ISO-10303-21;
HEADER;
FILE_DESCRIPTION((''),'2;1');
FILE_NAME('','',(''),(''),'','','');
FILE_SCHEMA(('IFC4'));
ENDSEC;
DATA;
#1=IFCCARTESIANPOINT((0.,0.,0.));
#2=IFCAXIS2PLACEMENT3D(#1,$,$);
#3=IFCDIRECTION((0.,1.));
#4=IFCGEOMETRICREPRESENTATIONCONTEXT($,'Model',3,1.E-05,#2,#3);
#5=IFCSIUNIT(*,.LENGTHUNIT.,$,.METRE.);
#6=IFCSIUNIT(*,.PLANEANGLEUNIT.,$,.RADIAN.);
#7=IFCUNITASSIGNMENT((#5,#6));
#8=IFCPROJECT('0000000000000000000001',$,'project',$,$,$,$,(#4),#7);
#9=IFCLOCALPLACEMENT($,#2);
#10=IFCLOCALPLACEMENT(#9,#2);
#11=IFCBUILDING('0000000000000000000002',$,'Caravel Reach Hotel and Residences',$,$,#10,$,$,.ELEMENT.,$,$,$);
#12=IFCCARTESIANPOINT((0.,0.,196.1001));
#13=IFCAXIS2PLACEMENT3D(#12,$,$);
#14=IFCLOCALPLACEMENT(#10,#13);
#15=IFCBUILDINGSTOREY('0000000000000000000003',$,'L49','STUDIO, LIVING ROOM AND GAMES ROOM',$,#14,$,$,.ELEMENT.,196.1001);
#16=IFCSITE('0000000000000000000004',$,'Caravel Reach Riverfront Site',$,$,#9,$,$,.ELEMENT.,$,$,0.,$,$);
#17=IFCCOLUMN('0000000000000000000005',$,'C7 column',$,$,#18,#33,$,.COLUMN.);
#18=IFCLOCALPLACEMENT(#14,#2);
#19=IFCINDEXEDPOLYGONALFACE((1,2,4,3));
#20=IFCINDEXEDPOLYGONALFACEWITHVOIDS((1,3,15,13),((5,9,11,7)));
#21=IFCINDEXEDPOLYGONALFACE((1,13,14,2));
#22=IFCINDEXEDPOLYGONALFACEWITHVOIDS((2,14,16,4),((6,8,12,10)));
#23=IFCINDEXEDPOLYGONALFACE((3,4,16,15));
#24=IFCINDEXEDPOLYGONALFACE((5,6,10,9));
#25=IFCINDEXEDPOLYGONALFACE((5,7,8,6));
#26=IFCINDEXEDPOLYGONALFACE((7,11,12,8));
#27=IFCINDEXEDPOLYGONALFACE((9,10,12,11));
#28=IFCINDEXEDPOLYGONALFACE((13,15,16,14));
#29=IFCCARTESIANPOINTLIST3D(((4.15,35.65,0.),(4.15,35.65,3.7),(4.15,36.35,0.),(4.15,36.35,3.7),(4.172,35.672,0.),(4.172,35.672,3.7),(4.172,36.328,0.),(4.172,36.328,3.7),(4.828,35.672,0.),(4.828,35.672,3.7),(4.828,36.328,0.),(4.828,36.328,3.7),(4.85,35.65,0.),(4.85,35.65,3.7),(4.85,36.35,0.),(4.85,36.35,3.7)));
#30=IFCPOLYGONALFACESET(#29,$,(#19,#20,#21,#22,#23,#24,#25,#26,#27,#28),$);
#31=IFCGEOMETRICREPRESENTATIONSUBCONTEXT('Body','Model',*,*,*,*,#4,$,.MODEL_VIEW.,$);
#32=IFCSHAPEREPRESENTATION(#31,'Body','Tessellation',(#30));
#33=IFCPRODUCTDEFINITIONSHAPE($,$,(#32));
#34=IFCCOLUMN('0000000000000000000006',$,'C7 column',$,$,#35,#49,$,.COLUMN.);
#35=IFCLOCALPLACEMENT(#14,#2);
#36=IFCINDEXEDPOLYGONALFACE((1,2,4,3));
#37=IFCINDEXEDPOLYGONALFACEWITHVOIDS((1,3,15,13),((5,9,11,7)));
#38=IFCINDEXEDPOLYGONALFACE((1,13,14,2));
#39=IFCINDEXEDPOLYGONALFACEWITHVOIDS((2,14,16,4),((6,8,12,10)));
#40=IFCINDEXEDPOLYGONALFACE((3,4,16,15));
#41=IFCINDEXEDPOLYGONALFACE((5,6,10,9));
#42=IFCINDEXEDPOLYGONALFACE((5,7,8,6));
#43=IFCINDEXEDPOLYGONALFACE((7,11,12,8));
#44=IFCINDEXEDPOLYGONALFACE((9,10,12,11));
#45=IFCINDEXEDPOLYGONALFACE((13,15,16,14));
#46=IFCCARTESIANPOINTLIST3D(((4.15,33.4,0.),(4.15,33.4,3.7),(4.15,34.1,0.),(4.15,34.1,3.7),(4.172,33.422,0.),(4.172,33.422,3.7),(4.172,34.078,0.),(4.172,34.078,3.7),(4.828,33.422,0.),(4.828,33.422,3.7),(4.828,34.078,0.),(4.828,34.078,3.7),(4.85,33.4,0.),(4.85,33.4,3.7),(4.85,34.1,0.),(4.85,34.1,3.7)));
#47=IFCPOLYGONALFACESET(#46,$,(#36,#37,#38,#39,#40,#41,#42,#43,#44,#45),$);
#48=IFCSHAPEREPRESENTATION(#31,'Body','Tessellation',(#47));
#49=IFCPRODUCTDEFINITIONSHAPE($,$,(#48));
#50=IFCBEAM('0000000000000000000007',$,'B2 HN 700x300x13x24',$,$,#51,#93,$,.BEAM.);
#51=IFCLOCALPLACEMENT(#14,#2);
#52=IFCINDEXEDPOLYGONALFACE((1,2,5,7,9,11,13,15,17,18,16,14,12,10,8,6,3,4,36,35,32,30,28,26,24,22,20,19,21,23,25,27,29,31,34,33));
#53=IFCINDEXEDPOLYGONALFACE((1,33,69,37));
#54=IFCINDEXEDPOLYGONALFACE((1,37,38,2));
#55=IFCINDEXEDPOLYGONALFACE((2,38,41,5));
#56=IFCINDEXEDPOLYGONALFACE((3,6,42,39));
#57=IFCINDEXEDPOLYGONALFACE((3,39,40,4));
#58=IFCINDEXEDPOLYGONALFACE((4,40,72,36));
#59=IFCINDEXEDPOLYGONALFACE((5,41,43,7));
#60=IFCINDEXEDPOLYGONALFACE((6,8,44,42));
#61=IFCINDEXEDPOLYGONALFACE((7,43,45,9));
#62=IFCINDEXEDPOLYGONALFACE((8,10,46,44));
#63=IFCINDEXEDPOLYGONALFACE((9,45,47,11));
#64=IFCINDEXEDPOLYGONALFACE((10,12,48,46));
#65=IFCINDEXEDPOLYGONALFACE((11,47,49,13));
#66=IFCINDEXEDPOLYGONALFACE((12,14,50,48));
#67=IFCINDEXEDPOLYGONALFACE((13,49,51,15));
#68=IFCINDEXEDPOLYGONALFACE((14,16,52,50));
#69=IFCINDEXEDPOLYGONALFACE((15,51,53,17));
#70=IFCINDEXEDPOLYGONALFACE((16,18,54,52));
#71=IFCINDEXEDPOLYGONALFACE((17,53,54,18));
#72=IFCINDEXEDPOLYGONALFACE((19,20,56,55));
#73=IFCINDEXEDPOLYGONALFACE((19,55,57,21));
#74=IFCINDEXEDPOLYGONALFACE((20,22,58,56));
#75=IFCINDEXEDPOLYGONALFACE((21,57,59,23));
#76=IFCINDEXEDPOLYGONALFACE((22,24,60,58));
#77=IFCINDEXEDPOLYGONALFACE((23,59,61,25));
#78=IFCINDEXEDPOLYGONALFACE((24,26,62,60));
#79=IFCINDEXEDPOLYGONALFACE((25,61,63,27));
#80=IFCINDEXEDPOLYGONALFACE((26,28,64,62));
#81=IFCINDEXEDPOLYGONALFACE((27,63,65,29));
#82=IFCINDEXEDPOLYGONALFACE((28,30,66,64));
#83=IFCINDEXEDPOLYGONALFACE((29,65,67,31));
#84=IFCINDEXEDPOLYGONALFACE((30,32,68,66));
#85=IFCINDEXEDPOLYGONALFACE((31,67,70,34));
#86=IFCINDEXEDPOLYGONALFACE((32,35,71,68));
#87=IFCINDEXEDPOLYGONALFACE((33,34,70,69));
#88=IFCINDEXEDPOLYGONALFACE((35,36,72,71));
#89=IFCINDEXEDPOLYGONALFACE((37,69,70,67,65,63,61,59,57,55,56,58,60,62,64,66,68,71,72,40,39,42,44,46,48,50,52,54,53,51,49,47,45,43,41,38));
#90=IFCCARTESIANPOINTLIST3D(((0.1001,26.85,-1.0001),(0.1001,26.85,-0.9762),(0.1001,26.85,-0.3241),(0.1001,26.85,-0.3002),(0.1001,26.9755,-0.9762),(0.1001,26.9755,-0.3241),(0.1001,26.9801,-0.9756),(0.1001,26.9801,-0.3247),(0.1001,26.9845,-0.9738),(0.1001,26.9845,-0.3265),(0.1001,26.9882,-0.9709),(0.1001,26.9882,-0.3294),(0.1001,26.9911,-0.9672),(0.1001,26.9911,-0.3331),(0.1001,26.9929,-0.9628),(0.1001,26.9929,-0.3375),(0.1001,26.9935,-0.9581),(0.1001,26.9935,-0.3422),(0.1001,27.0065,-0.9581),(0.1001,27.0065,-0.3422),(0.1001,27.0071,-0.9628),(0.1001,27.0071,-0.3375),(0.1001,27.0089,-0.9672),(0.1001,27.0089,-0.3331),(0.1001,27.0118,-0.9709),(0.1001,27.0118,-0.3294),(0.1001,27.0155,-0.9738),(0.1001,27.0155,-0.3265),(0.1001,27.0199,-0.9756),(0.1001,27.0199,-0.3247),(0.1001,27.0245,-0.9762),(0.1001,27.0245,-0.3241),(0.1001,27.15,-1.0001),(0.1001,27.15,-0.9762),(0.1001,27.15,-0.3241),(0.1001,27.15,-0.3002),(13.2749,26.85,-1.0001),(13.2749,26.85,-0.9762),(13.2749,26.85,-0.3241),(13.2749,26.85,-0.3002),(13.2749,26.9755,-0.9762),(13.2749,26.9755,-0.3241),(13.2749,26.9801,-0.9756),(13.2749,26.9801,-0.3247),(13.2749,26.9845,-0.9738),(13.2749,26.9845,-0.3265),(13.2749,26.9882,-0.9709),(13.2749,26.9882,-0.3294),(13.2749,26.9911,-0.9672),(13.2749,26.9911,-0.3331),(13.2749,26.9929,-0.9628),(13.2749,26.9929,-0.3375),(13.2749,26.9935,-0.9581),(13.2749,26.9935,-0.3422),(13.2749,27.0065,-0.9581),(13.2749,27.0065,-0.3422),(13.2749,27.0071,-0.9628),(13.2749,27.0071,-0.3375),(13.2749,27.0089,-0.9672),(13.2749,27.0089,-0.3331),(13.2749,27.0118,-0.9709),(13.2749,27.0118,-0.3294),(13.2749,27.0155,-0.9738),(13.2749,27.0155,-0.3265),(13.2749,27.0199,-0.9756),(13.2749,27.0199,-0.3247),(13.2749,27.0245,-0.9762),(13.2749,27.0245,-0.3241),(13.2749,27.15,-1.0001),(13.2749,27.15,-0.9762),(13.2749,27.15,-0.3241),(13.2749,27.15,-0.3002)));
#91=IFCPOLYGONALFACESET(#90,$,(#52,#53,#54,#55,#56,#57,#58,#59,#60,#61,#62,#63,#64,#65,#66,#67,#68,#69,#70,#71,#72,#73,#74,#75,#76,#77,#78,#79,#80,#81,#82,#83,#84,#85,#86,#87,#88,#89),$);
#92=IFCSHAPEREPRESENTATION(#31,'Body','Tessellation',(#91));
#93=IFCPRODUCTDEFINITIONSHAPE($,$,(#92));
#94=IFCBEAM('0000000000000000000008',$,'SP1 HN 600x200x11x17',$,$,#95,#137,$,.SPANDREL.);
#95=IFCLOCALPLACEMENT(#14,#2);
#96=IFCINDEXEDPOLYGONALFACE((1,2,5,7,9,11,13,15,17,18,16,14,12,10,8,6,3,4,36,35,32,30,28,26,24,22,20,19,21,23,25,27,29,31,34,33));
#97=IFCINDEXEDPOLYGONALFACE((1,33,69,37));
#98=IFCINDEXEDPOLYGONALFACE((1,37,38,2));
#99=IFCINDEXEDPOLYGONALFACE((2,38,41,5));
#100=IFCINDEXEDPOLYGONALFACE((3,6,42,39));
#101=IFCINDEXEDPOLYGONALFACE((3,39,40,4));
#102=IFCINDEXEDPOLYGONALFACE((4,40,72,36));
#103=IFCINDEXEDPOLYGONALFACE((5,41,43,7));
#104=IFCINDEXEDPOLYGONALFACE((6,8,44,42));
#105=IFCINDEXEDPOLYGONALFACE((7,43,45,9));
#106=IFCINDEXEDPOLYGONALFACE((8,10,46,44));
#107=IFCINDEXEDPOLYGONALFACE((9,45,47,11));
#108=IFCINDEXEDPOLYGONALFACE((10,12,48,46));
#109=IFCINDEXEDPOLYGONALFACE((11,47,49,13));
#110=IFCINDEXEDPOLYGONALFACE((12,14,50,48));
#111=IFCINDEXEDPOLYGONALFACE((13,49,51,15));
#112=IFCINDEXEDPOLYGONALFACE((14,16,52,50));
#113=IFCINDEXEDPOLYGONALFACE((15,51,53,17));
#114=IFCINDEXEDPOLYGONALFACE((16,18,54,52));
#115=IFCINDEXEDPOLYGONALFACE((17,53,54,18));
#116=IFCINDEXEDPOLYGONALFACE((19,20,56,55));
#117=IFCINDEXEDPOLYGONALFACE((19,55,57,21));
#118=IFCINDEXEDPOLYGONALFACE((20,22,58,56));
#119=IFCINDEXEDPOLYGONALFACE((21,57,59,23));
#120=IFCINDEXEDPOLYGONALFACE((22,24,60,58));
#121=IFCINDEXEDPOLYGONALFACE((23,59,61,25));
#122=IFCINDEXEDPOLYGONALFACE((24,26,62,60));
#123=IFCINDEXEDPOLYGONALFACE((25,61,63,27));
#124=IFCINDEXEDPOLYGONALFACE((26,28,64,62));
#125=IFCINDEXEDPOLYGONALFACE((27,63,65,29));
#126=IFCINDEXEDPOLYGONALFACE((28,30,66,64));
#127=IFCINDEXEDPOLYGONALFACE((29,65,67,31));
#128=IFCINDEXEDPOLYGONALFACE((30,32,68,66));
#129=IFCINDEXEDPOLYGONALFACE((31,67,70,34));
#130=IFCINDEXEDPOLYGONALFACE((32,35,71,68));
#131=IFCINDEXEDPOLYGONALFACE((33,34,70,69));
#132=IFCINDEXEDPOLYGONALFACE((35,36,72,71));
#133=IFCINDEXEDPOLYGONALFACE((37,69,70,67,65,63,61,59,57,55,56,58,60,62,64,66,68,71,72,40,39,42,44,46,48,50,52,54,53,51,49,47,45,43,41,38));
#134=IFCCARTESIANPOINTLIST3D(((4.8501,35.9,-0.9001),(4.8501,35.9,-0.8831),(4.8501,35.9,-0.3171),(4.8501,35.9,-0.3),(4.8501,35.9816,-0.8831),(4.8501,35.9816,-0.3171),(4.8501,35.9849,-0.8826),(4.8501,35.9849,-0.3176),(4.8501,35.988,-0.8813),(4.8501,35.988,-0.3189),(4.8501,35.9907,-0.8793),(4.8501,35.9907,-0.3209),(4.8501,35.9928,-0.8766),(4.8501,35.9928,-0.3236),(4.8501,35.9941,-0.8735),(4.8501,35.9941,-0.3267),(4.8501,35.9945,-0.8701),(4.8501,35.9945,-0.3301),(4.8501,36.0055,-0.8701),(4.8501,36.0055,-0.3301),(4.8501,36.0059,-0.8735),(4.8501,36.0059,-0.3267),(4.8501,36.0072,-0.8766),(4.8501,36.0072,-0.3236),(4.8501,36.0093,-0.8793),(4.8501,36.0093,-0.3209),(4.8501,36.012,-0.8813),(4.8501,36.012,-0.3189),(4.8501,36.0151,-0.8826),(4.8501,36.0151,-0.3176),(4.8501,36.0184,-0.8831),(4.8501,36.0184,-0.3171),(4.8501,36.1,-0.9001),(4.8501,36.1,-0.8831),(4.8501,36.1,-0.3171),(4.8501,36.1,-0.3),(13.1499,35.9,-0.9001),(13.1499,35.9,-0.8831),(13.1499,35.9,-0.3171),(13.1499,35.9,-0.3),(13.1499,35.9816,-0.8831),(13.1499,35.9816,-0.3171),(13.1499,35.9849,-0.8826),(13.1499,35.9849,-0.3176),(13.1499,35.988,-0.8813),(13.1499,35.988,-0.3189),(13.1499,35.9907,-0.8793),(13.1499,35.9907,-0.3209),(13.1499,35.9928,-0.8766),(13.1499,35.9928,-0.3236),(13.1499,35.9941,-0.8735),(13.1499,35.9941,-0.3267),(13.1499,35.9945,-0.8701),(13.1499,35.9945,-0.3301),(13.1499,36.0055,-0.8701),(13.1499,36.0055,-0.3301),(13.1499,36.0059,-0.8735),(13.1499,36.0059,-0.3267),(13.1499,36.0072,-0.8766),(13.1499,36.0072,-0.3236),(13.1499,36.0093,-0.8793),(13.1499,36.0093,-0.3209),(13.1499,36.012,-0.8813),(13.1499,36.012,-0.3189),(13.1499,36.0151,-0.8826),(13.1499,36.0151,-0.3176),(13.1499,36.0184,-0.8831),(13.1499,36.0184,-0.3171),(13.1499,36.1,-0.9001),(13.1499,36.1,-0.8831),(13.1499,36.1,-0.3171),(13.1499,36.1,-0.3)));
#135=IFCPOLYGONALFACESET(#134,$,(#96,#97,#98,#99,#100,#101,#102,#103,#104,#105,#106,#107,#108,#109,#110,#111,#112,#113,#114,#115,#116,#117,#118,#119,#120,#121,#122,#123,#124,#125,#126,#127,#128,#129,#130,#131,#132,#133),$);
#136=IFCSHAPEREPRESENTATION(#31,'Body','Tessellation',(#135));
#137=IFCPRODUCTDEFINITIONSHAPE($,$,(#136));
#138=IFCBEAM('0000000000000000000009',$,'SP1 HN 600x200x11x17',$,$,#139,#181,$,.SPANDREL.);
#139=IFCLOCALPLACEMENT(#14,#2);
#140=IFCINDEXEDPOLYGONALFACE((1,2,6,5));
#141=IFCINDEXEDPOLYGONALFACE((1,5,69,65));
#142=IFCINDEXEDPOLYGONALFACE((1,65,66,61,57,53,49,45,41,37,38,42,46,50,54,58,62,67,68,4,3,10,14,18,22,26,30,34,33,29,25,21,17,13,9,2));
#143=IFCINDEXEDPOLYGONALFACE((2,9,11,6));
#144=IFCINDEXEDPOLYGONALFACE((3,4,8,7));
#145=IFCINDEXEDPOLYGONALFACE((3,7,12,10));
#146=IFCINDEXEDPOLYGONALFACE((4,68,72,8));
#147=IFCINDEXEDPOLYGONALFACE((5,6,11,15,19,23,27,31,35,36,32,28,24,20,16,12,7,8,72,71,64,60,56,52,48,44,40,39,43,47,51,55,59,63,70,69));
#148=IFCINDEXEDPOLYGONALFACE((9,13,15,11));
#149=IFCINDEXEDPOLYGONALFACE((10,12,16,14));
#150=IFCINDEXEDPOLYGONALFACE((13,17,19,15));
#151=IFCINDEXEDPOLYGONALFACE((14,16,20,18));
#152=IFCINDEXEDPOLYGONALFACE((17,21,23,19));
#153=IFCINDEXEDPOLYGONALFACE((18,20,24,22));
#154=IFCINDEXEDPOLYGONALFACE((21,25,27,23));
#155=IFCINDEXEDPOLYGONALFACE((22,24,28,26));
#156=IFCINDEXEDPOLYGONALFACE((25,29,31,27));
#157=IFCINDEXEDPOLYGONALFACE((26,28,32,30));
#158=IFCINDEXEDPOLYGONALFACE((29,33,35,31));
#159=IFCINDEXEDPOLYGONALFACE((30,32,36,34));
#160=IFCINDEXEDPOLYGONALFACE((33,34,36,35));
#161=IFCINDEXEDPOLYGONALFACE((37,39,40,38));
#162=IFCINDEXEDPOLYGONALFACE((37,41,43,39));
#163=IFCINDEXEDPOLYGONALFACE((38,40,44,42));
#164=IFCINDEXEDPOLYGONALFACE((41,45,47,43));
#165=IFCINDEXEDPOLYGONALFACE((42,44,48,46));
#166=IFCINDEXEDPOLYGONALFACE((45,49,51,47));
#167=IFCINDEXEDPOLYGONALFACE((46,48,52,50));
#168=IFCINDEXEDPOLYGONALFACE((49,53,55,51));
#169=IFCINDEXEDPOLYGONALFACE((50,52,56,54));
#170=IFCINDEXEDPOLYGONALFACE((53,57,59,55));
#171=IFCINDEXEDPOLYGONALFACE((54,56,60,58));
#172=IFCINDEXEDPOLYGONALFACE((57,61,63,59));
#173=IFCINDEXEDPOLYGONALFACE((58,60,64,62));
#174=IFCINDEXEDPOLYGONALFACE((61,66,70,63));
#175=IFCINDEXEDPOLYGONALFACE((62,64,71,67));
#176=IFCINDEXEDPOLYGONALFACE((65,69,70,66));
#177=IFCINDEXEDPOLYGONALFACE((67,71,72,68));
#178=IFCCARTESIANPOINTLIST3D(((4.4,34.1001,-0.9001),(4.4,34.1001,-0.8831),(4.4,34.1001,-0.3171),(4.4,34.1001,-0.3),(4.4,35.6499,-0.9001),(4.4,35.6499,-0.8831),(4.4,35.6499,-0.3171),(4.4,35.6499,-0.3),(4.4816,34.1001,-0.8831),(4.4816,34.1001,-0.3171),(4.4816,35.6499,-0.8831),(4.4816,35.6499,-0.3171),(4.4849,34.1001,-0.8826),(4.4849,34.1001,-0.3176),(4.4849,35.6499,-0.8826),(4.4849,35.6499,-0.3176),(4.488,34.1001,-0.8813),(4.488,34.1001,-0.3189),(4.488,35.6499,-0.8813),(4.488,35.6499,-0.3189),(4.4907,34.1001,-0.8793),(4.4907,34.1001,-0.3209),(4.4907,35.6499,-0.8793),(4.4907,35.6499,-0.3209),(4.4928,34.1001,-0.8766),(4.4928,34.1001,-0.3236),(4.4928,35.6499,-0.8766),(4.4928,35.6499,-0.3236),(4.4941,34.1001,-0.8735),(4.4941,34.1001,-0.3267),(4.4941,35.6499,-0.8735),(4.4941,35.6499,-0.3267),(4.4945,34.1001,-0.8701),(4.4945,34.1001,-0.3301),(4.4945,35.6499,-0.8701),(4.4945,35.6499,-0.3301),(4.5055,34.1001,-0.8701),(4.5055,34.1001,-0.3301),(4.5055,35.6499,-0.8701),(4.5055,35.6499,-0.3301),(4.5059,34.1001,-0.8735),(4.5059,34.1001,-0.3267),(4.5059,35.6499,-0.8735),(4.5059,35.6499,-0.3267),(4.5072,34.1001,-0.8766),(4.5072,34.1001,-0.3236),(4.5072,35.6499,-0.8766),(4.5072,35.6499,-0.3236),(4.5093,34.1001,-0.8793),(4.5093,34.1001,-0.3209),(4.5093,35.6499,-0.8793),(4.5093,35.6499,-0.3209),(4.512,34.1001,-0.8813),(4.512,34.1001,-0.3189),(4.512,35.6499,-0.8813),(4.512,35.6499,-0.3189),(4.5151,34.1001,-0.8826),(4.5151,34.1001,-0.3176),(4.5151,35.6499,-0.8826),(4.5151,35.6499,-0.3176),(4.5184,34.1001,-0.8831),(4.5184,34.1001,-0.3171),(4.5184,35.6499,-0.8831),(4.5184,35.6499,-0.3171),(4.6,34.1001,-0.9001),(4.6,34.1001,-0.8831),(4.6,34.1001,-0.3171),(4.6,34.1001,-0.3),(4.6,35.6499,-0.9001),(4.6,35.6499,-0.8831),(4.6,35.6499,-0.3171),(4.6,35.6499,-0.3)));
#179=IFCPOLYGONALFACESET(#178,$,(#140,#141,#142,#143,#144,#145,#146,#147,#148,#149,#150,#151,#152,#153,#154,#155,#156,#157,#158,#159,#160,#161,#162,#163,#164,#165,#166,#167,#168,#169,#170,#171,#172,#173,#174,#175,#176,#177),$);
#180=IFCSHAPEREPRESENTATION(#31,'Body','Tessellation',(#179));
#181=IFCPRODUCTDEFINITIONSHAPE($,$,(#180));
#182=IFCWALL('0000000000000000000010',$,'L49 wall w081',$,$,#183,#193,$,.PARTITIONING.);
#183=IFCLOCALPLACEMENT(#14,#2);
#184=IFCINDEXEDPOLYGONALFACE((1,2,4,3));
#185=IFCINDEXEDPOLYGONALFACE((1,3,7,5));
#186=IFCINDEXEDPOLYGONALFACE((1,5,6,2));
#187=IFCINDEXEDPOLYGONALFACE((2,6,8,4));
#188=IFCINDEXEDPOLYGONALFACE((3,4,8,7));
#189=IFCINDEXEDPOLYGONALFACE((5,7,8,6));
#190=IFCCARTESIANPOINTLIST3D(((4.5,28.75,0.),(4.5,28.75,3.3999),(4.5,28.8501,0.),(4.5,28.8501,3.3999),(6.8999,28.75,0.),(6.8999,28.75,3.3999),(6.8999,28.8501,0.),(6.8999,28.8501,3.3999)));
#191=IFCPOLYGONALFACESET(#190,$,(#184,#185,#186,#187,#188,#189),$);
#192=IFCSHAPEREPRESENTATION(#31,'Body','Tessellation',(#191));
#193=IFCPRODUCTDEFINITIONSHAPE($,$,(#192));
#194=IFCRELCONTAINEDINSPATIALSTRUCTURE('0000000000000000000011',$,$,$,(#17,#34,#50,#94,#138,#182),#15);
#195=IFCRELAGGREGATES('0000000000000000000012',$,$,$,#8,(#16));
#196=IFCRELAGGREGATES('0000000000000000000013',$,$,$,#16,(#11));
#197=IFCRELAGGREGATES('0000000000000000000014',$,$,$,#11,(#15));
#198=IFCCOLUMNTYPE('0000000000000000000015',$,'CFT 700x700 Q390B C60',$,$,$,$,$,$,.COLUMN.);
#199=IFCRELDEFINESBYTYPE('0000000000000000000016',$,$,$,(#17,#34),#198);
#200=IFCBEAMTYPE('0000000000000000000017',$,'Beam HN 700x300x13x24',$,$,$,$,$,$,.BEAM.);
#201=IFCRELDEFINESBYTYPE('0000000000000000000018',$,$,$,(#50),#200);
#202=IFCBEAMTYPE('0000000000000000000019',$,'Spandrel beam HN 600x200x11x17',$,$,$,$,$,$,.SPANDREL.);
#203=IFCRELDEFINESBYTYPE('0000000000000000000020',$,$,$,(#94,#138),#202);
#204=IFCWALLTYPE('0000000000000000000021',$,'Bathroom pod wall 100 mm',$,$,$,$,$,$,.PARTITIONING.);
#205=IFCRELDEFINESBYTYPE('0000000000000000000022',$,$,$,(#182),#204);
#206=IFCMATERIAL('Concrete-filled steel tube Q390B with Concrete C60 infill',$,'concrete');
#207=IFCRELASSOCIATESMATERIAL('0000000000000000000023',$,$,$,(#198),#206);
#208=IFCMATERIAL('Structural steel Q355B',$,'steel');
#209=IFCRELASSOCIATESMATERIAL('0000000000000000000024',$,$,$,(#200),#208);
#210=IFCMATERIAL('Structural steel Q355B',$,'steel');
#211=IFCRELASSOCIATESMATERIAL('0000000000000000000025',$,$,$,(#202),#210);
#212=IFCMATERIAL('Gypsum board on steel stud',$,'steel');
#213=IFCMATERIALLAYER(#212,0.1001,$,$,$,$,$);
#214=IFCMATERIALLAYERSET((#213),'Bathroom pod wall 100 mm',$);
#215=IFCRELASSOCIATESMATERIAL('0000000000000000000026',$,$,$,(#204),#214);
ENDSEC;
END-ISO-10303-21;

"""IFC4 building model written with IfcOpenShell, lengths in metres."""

from ifc_helpers import new_model, si_unit, direction, frame, frame_2d, origin, origin_2d, place, context, subcontext, project, spatial, rectangle, hollow_rectangle, i_section, extrude, material, layer, layer_set, material_profile, profile_set, type_object, element, save


model = new_model("IFC4")

# Units and contexts
model_context = context("Model", 3, precision=1e-05, world=origin(), true_north=direction((0.0, 1.0)))
body_context = subcontext(model_context, "Body", "Model", "MODEL_VIEW")
ifc_project = project(units=[si_unit("LENGTHUNIT", "METRE"), si_unit("PLANEANGLEUNIT", "RADIAN")], contexts=[model_context])

# Site, building, storey
site_placement = place(None, origin())
site = spatial("IfcSite", under=ifc_project, at=site_placement, Name="Caravel Reach Riverfront Site", CompositionType="ELEMENT", RefElevation=0.0)
building_placement = place(site_placement, origin())
building = spatial("IfcBuilding", under=site, at=building_placement, Name="Caravel Reach Hotel and Residences", CompositionType="ELEMENT")
storey_placement = place(building_placement, frame((0.0, 0.0, 196.1001)))
storey = spatial("IfcBuildingStorey", under=building, at=storey_placement, Name="L49", Description="STUDIO, LIVING ROOM AND GAMES ROOM", CompositionType="ELEMENT", Elevation=196.1001)

# Columns
ifc_material_1 = material(Name="Concrete-filled steel tube Q390B with Concrete C60 infill", Category="concrete")
ifc_material_profile_1 = material_profile(ifc_material_1, hollow_rectangle(XDim=0.7, YDim=0.7, WallThickness=0.022, at=origin_2d()), Name="RHS 700x700x22")
ifc_profile_set_1 = profile_set([ifc_material_profile_1], Name="Concrete-filled steel tube Q390B with Concrete C60 infill")
column_type = type_object("IfcColumnType", Name="CFT 700x700 Q390B C60", PredefinedType="COLUMN", material=ifc_profile_set_1)
for number, where, z_axis, x_axis, name in (
    (1, (4.5, 36.0, 0.0), (0.0, 0.0, 1.0), (1.0, 0.0, 0.0), "C7 column"),
    (2, (4.5, 33.75, 0.0), (0.0, 0.0, 1.0), (1.0, 0.0, 0.0), "C7 column"),
):
    element("IfcColumn", number, at=place(storey_placement, frame(where, z_axis=z_axis, x_axis=x_axis)), inside=storey, type_object=column_type, Name=name, PredefinedType="COLUMN", context=body_context, shape_type="SweptSolid", body=[
        extrude(hollow_rectangle(XDim=0.7, YDim=0.7, WallThickness=0.022, at=origin_2d()), origin(), (0.0, 0.0, 1.0), 3.7),
    ])

# Beams
ifc_material_2 = material(Name="Structural steel Q355B", Category="steel")
ifc_material_profile_2 = material_profile(ifc_material_2, i_section(OverallWidth=0.3, OverallDepth=0.7, WebThickness=0.0129, FlangeThickness=0.0239, FilletRadius=0.0181, at=origin_2d()), Name="HN 700x300x13x24")
ifc_profile_set_2 = profile_set([ifc_material_profile_2], Name="Structural steel Q355B")
beam_type_1 = type_object("IfcBeamType", Name="Beam HN 700x300x13x24", PredefinedType="BEAM", material=ifc_profile_set_2)
beam_1_placement = place(storey_placement, frame((13.2749, 27.0, -0.6501), z_axis=(-1.0, 0.0, 0.0), x_axis=(0.0, -1.0, 0.0)))
element("IfcBeam", 3, at=beam_1_placement, inside=storey, type_object=beam_type_1, Name="B2 HN 700x300x13x24", PredefinedType="BEAM", context=body_context, shape_type="SweptSolid", body=[
    extrude(i_section(OverallWidth=0.3, OverallDepth=0.7, WebThickness=0.0129, FlangeThickness=0.0239, FilletRadius=0.0181, at=origin_2d()), origin(), (0.0, 0.0, 1.0), 13.1748),
])
ifc_material_3 = material(Name="Structural steel Q355B", Category="steel")
ifc_material_profile_3 = material_profile(ifc_material_3, i_section(OverallWidth=0.2, OverallDepth=0.6001, WebThickness=0.011, FlangeThickness=0.0171, FilletRadius=0.0129, at=origin_2d()), Name="HN 600x200x11x17")
ifc_profile_set_3 = profile_set([ifc_material_profile_3], Name="Structural steel Q355B")
beam_type_2 = type_object("IfcBeamType", Name="Spandrel beam HN 600x200x11x17", PredefinedType="SPANDREL", material=ifc_profile_set_3)
beam_2_placement = place(storey_placement, frame((13.1499, 36.0, -0.6001), z_axis=(-1.0, 0.0, 0.0), x_axis=(0.0, -1.0, 0.0)))
element("IfcBeam", 4, at=beam_2_placement, inside=storey, type_object=beam_type_2, Name="SP1 HN 600x200x11x17", PredefinedType="SPANDREL", context=body_context, shape_type="SweptSolid", body=[
    extrude(i_section(OverallWidth=0.2, OverallDepth=0.6001, WebThickness=0.011, FlangeThickness=0.0171, FilletRadius=0.0129, at=origin_2d()), origin(), (0.0, 0.0, 1.0), 8.2998),
])
beam_3_placement = place(storey_placement, frame((4.5, 35.6499, -0.6001), z_axis=(0.0, -1.0, 0.0), x_axis=(1.0, 0.0, 0.0)))
element("IfcBeam", 5, at=beam_3_placement, inside=storey, type_object=beam_type_2, Name="SP1 HN 600x200x11x17", PredefinedType="SPANDREL", context=body_context, shape_type="SweptSolid", body=[
    extrude(i_section(OverallWidth=0.2, OverallDepth=0.6001, WebThickness=0.011, FlangeThickness=0.0171, FilletRadius=0.0129, at=origin_2d()), origin(), (0.0, 0.0, 1.0), 1.5498),
])

# Wall
ifc_material_4 = material(Name="Gypsum board on steel stud", Category="steel")
ifc_layer_1 = layer(ifc_material_4, 0.1001)
ifc_layer_set_1 = layer_set([ifc_layer_1], Name="Bathroom pod wall 100 mm")
wall_type_1 = type_object("IfcWallType", Name="Bathroom pod wall 100 mm", PredefinedType="PARTITIONING", material=ifc_layer_set_1)
wall_1_placement = place(storey_placement, frame((4.5, 28.8, 0.0), z_axis=(0.0, 0.0, 1.0), x_axis=(1.0, 0.0, 0.0)))
element("IfcWall", 6, at=wall_1_placement, inside=storey, type_object=wall_type_1, Name="L49 wall w081", PredefinedType="PARTITIONING", context=body_context, shape_type="SweptSolid", body=[
    extrude(rectangle(XDim=2.3999, YDim=0.1001, at=frame_2d((1.2, 0.0))), origin(), (0.0, 0.0, 1.0), 3.3999),
])

save(model, "model.ifc")
